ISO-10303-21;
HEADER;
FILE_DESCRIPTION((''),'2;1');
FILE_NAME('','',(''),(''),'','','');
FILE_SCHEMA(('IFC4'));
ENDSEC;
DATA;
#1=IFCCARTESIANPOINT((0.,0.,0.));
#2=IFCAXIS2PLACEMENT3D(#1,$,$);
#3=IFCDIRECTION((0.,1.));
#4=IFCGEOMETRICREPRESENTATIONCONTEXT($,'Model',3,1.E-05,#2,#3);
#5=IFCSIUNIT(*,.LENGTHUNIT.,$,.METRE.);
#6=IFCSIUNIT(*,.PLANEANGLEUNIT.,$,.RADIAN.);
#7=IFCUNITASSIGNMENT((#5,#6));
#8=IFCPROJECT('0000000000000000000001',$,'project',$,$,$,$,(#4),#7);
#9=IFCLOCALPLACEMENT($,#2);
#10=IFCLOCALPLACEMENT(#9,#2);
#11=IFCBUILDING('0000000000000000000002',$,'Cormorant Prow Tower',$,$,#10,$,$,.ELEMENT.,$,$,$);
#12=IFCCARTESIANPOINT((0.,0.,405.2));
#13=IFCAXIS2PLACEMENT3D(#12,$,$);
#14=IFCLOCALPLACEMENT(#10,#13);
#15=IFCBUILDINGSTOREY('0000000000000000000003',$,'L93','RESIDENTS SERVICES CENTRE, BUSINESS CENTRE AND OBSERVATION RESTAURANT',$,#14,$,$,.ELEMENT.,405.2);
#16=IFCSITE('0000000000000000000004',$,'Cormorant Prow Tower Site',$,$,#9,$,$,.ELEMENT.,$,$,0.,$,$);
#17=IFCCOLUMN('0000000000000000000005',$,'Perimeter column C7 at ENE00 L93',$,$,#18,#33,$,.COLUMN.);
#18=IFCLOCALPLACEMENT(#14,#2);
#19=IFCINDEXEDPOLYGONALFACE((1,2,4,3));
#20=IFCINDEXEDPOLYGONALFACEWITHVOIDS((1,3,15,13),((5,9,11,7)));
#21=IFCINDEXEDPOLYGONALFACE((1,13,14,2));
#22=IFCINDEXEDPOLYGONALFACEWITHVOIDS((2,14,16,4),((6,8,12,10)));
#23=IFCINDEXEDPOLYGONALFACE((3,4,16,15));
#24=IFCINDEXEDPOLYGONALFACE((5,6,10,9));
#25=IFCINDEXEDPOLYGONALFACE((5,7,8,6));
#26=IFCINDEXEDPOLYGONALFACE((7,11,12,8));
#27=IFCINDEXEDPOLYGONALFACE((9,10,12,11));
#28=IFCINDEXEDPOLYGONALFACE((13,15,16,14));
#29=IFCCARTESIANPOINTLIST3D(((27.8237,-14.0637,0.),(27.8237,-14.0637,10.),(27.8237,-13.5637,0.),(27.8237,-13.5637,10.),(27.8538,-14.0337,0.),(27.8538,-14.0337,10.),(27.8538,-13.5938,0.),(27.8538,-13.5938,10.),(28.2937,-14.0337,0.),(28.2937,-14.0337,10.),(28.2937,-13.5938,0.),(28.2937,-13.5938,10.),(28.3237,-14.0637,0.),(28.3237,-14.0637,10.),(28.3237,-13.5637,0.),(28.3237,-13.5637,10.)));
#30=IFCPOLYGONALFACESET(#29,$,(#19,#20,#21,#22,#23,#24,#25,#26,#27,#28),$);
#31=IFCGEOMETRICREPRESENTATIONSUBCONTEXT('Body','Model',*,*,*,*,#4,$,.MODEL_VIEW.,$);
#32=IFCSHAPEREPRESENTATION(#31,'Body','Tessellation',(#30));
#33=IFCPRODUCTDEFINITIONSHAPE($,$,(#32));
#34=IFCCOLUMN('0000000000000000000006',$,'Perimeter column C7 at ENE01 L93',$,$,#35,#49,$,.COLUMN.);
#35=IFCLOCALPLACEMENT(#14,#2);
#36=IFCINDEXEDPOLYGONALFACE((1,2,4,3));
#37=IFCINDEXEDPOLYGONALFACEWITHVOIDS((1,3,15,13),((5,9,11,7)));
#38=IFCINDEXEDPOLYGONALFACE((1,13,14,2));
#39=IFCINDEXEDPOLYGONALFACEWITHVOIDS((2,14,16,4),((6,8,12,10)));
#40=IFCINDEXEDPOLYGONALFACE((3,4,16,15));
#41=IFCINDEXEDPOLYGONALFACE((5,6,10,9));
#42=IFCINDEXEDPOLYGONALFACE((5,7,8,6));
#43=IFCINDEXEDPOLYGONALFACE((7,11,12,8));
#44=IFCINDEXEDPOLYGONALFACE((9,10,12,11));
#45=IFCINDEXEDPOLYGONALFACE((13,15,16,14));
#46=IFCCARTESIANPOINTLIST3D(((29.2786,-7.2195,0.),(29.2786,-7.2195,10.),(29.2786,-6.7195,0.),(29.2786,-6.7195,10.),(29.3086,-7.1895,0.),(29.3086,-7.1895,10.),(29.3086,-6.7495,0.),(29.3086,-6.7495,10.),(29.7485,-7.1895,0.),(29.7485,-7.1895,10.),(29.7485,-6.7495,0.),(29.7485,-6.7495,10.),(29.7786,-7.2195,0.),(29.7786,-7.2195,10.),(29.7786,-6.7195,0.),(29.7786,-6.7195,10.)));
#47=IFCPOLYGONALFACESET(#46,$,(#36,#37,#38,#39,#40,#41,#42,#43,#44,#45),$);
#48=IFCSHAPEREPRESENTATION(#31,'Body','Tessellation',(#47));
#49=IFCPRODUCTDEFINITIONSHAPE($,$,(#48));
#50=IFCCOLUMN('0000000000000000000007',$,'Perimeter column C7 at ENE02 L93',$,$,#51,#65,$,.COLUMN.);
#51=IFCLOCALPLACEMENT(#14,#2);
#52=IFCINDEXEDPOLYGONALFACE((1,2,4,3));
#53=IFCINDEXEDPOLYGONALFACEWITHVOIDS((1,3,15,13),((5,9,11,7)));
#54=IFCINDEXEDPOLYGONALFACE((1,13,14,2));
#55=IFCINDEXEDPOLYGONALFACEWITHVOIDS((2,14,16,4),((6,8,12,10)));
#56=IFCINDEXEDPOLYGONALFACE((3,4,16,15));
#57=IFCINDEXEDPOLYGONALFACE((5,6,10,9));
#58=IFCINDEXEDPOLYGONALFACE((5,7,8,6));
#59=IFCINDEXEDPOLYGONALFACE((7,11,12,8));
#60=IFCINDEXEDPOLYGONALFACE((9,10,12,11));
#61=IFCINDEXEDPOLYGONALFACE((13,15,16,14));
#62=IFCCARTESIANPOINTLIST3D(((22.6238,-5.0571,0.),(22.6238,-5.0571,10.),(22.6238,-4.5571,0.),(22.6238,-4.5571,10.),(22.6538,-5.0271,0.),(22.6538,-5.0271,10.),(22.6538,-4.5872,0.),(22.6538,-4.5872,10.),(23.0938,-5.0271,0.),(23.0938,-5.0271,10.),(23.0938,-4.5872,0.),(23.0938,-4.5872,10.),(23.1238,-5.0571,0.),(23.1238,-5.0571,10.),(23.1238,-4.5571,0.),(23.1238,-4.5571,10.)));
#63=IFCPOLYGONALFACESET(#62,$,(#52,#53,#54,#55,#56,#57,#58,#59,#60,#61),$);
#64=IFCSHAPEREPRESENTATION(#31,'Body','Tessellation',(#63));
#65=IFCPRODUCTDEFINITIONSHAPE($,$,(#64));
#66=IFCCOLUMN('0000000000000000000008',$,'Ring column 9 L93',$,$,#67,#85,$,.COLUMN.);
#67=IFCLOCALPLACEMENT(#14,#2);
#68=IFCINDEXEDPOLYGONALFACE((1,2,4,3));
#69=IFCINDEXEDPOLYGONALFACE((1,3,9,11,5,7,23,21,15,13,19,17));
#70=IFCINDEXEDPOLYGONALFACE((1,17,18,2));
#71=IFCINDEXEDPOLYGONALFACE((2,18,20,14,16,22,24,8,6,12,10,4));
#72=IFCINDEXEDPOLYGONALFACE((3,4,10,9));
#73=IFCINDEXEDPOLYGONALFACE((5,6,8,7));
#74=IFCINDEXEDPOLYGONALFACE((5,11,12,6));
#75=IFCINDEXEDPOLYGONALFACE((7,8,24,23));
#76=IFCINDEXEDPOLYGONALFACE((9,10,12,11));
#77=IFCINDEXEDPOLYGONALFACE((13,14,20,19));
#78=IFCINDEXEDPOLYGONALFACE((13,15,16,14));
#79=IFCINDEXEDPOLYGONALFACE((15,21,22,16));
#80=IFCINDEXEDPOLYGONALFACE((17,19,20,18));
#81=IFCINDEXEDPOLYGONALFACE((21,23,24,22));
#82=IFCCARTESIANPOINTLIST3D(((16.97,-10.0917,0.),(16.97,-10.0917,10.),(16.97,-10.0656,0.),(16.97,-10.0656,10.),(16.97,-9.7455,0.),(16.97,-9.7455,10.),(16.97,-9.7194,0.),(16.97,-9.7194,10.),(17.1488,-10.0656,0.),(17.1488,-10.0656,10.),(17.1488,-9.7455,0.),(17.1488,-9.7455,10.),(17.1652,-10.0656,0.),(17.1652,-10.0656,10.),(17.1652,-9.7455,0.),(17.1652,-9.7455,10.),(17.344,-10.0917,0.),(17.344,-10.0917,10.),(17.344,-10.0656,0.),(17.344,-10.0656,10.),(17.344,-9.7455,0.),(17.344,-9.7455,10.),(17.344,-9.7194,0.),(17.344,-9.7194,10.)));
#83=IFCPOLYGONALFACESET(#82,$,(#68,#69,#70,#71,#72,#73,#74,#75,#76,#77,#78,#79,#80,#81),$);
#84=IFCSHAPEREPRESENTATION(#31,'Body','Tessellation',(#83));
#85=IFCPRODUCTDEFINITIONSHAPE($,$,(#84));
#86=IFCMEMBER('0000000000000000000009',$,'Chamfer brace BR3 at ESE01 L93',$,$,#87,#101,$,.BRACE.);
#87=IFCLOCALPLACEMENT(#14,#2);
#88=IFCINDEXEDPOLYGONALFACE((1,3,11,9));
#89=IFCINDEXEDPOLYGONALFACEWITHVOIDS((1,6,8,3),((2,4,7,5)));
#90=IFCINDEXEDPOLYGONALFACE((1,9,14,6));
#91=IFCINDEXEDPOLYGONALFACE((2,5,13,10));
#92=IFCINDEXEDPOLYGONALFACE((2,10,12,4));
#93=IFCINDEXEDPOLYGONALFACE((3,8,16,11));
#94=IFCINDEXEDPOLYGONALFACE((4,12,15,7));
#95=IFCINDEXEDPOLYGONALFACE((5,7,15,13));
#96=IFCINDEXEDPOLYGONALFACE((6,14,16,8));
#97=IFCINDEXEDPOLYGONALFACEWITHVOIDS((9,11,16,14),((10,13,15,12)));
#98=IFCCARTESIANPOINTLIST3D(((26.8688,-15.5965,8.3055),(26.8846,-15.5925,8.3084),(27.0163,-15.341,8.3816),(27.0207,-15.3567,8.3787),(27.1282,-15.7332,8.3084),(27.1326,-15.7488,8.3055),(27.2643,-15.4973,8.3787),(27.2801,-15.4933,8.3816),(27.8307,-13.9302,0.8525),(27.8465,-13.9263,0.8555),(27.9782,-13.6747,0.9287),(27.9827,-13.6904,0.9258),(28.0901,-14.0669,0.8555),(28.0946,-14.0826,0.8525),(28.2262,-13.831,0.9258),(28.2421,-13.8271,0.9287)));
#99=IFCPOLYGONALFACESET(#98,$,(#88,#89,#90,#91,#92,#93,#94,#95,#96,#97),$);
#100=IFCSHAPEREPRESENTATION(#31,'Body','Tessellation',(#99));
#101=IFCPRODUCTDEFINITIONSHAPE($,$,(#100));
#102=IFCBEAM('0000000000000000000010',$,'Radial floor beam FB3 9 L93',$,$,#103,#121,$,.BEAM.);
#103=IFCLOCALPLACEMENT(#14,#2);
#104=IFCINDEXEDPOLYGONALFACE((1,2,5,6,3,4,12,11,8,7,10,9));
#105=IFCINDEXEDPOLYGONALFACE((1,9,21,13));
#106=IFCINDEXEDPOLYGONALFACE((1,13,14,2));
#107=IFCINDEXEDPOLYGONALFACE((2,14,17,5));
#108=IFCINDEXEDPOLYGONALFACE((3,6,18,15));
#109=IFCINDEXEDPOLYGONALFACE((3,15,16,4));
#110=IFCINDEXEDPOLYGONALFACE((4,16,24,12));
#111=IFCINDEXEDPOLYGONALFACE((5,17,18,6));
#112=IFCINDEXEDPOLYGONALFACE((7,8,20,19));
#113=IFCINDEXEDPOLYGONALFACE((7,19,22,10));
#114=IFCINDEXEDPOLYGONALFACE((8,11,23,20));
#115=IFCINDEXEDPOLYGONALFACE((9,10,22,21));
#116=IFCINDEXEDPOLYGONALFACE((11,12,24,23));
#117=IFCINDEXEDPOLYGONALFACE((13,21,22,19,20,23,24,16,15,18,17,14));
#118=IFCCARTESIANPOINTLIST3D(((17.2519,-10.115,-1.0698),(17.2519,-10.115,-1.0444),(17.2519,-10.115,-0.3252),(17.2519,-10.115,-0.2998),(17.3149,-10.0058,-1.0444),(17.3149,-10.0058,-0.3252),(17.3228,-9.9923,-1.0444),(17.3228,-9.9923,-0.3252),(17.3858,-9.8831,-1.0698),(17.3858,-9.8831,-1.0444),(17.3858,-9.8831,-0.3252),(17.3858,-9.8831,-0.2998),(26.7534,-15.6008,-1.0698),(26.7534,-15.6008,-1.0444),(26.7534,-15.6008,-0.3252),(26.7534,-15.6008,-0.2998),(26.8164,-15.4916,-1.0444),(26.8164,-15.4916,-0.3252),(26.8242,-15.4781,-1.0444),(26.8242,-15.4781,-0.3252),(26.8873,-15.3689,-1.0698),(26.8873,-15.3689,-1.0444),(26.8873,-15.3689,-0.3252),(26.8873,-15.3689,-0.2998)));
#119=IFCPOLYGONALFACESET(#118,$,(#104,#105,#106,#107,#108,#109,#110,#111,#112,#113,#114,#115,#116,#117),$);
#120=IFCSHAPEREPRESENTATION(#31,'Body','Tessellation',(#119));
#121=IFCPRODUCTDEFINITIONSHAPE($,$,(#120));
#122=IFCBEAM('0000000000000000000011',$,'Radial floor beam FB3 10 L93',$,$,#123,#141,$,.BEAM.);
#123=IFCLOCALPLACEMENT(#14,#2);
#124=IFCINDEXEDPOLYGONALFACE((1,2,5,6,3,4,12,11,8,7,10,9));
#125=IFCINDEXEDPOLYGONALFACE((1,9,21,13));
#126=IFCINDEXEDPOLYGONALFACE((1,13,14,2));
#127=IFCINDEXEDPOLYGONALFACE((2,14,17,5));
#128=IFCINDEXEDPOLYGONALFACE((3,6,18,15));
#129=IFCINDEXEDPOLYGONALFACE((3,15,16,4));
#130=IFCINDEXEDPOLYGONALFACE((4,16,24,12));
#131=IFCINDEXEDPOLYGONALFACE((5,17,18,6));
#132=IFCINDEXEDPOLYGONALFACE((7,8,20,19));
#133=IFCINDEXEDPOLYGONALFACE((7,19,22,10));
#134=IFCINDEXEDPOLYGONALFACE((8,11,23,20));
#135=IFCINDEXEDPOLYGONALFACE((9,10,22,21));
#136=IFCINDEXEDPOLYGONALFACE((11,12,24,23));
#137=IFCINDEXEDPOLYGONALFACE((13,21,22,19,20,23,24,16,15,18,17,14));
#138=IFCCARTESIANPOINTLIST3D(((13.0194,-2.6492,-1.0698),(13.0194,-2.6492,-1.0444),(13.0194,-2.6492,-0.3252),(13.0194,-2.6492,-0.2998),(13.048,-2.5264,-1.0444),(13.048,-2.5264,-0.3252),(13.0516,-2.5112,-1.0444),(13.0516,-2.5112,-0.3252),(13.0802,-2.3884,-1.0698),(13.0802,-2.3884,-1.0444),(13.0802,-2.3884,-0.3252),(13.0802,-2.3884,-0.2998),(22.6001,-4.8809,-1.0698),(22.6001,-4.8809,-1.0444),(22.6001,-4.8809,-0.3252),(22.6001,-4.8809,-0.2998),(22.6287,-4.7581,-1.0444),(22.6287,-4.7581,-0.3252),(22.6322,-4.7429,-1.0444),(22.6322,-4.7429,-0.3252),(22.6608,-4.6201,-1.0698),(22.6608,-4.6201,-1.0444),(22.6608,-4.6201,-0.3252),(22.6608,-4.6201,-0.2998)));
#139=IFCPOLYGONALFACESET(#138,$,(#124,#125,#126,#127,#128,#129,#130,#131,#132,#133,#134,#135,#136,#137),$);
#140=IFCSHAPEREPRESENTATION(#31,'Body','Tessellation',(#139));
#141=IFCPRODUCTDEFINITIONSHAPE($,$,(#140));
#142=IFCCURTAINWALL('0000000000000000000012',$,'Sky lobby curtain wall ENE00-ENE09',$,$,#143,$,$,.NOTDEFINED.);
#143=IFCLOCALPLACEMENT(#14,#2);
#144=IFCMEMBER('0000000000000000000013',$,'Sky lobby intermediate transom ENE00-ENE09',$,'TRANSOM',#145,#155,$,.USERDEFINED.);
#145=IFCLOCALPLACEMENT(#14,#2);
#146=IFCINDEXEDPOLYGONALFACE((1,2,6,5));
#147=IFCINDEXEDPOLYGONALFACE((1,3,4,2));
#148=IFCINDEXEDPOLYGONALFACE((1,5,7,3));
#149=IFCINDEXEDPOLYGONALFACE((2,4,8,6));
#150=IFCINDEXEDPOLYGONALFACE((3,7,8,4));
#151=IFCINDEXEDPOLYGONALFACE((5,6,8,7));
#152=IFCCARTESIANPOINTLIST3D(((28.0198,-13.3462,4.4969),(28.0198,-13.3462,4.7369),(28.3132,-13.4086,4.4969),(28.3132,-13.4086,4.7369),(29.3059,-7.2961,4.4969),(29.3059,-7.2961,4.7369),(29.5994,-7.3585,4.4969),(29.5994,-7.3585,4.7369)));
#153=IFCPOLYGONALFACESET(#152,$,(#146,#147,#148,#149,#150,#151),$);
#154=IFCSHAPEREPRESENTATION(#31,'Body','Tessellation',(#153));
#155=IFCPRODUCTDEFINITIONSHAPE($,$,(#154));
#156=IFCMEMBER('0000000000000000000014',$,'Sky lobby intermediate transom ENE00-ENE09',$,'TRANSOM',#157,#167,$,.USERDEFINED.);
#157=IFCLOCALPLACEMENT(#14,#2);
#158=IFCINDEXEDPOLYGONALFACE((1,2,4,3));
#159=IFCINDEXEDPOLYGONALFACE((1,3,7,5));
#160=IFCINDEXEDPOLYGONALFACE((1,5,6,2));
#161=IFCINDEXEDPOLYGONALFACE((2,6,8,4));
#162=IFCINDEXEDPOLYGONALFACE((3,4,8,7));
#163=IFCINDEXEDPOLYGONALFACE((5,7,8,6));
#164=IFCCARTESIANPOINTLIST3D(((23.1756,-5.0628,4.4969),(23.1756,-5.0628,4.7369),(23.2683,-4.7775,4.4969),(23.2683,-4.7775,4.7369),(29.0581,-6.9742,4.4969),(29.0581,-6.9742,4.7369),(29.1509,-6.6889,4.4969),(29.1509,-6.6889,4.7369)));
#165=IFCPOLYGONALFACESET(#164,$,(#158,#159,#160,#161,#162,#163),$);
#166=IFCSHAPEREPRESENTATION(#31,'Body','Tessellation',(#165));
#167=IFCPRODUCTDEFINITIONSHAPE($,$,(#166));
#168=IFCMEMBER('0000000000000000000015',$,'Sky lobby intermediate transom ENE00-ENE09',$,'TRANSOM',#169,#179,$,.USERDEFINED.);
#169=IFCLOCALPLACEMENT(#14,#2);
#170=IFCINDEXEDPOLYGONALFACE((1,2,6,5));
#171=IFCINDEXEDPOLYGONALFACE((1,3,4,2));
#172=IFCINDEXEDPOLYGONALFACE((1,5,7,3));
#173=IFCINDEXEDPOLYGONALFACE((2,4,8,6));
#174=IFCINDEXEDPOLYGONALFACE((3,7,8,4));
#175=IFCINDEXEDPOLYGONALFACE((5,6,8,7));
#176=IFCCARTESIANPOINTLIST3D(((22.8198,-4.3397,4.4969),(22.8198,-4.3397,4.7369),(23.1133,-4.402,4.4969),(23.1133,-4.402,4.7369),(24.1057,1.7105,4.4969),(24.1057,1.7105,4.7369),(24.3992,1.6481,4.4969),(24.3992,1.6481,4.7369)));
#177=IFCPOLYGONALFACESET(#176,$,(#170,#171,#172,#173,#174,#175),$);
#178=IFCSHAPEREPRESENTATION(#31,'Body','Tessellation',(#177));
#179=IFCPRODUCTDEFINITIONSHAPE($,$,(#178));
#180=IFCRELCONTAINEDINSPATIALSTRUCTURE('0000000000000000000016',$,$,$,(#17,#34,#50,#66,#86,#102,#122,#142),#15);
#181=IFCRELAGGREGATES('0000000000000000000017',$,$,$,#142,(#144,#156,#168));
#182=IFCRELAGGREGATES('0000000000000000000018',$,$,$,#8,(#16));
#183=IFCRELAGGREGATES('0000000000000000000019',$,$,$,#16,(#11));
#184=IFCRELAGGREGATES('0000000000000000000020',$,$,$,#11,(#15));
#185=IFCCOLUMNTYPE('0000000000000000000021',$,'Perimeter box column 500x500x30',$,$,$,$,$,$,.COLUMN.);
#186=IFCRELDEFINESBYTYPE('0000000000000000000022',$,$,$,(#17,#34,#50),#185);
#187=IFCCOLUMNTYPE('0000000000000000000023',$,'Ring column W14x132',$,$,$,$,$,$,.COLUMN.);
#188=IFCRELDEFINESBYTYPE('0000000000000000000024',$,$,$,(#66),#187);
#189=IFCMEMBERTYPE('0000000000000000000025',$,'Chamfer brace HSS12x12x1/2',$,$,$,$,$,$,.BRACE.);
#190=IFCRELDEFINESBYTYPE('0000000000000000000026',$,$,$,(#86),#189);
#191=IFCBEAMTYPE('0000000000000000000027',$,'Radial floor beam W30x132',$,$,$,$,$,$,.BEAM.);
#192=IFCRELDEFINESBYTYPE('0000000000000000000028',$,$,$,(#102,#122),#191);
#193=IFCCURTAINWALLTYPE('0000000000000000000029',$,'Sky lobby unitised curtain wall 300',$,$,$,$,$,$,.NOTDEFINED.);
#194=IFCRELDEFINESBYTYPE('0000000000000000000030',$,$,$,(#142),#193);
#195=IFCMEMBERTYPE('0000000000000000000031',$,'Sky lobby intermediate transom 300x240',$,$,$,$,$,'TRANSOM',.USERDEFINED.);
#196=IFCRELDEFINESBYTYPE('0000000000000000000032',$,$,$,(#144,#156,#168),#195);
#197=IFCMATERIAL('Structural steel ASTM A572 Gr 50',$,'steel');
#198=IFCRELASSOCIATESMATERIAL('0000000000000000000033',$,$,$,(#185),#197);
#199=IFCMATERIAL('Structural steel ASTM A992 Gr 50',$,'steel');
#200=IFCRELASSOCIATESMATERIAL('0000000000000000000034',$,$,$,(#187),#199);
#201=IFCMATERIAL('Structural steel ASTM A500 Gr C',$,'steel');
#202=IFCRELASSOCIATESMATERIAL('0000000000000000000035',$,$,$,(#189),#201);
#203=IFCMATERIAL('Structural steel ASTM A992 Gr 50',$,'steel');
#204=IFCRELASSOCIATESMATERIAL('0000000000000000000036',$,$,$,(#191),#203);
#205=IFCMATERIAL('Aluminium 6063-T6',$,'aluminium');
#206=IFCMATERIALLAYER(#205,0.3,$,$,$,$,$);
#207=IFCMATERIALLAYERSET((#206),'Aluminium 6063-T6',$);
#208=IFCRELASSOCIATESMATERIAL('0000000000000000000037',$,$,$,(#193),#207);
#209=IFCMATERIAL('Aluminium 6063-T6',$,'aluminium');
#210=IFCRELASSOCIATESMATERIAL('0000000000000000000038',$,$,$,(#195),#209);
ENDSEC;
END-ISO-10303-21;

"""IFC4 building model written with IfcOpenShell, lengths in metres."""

from ifc_helpers import new_model, si_unit, direction, frame, origin, origin_2d, place, context, subcontext, project, spatial, rectangle, hollow_rectangle, i_section, extrude, material, layer, layer_set, material_profile, profile_set, type_object, element, aggregate, save


model = new_model("IFC4")

# Units and contexts
model_context = context("Model", 3, precision=1e-05, world=origin(), true_north=direction((0.0, 1.0)))
body_context = subcontext(model_context, "Body", "Model", "MODEL_VIEW")
ifc_project = project(units=[si_unit("LENGTHUNIT", "METRE"), si_unit("PLANEANGLEUNIT", "RADIAN")], contexts=[model_context])

# Site, building, storey
site_placement = place(None, origin())
site = spatial("IfcSite", under=ifc_project, at=site_placement, Name="Cormorant Prow Tower Site", CompositionType="ELEMENT", RefElevation=0.0)
building_placement = place(site_placement, origin())
building = spatial("IfcBuilding", under=site, at=building_placement, Name="Cormorant Prow Tower", CompositionType="ELEMENT")
storey_placement = place(building_placement, frame((0.0, 0.0, 405.2)))
storey = spatial("IfcBuildingStorey", under=building, at=storey_placement, Name="L93", Description="RESIDENTS SERVICES CENTRE, BUSINESS CENTRE AND OBSERVATION RESTAURANT", CompositionType="ELEMENT", Elevation=405.2)

# Columns
ifc_material_1 = material(Name="Structural steel ASTM A572 Gr 50", Category="steel")
ifc_material_profile_1 = material_profile(ifc_material_1, hollow_rectangle(XDim=0.5, YDim=0.5, WallThickness=0.03, at=origin_2d()), Name="Box 500x500x30")
ifc_profile_set_1 = profile_set([ifc_material_profile_1], Name="Structural steel ASTM A572 Gr 50")
column_type_1 = type_object("IfcColumnType", Name="Perimeter box column 500x500x30", PredefinedType="COLUMN", material=ifc_profile_set_1)
for number, where, z_axis, x_axis, name in (
    (1, (28.0737, -13.8137, 0.0), (0.0, 0.0, 1.0), (1.0, 0.0, 0.0), "Perimeter column C7 at ENE00 L93"),
    (2, (29.5286, -6.9695, 0.0), (0.0, 0.0, 1.0), (1.0, 0.0, 0.0), "Perimeter column C7 at ENE01 L93"),
    (3, (22.8738, -4.8071, 0.0), (0.0, 0.0, 1.0), (1.0, 0.0, 0.0), "Perimeter column C7 at ENE02 L93"),
):
    element("IfcColumn", number, at=place(storey_placement, frame(where, z_axis=z_axis, x_axis=x_axis)), inside=storey, type_object=column_type_1, Name=name, PredefinedType="COLUMN", context=body_context, shape_type="SweptSolid", body=[
        extrude(hollow_rectangle(XDim=0.5, YDim=0.5, WallThickness=0.03, at=origin_2d()), origin(), (0.0, 0.0, 1.0), 10.0),
    ])
ifc_material_2 = material(Name="Structural steel ASTM A992 Gr 50", Category="steel")
ifc_material_profile_2 = material_profile(ifc_material_2, i_section(OverallWidth=0.374, OverallDepth=0.3723, WebThickness=0.0164, FlangeThickness=0.0261, at=origin_2d()), Name="W14x132")
ifc_profile_set_2 = profile_set([ifc_material_profile_2], Name="Structural steel ASTM A992 Gr 50")
column_type_2 = type_object("IfcColumnType", Name="Ring column W14x132", PredefinedType="COLUMN", material=ifc_profile_set_2)
column_placement = place(storey_placement, frame((17.157, -9.9055, 0.0), z_axis=(0.0, 0.0, 1.0), x_axis=(1.0, 0.0, 0.0)))
element("IfcColumn", 4, at=column_placement, inside=storey, type_object=column_type_2, Name="Ring column 9 L93", PredefinedType="COLUMN", context=body_context, shape_type="SweptSolid", body=[
    extrude(i_section(OverallWidth=0.374, OverallDepth=0.3723, WebThickness=0.0164, FlangeThickness=0.0261, at=origin_2d()), origin(), (0.0, 0.0, 1.0), 10.0),
])

# Member
ifc_material_3 = material(Name="Structural steel ASTM A500 Gr C", Category="steel")
ifc_material_profile_3 = material_profile(ifc_material_3, hollow_rectangle(XDim=0.3047, YDim=0.3047, WallThickness=0.0117, at=origin_2d()), Name="HSS12x12x1/2")
ifc_profile_set_3 = profile_set([ifc_material_profile_3], Name="Structural steel ASTM A500 Gr C")
member_type_1 = type_object("IfcMemberType", Name="Chamfer brace HSS12x12x1/2", PredefinedType="BRACE", material=ifc_profile_set_3)
member_1_placement = place(storey_placement, frame((28.0364, -13.8787, 0.8906), z_axis=(-0.124969, -0.216476, 0.968257), x_axis=(0.866048, -0.49996, 0.0)))
element("IfcMember", 5, at=member_1_placement, inside=storey, type_object=member_type_1, Name="Chamfer brace BR3 at ESE01 L93", PredefinedType="BRACE", context=body_context, shape_type="SweptSolid", body=[
    extrude(hollow_rectangle(XDim=0.3047, YDim=0.3047, WallThickness=0.0117, at=origin_2d()), origin(), (0.0, 0.0, 1.0), 7.6973),
])

# Beams
ifc_material_4 = material(Name="Structural steel ASTM A992 Gr 50", Category="steel")
ifc_material_profile_4 = material_profile(ifc_material_4, i_section(OverallWidth=0.2678, OverallDepth=0.77, WebThickness=0.0156, FlangeThickness=0.0254, at=origin_2d()), Name="W30x132")
ifc_profile_set_4 = profile_set([ifc_material_profile_4], Name="Structural steel ASTM A992 Gr 50")
beam_type_1 = type_object("IfcBeamType", Name="Radial floor beam W30x132", PredefinedType="BEAM", material=ifc_profile_set_4)
beam_1_placement = place(storey_placement, frame((17.3188, -9.999, -0.6848), z_axis=(0.866019, -0.500011, 0.0), x_axis=(0.500011, 0.866019, 0.0)))
element("IfcBeam", 6, at=beam_1_placement, inside=storey, type_object=beam_type_1, Name="Radial floor beam FB3 9 L93", PredefinedType="BEAM", context=body_context, shape_type="SweptSolid", body=[
    extrude(i_section(OverallWidth=0.2678, OverallDepth=0.77, WebThickness=0.0156, FlangeThickness=0.0254, at=origin_2d()), origin(), (0.0, 0.0, 1.0), 10.9714),
])
beam_2_placement = place(storey_placement, frame((13.0498, -2.5188, -0.6848), z_axis=(0.973926, -0.226866, 0.0), x_axis=(0.226866, 0.973926, 0.0)))
element("IfcBeam", 7, at=beam_2_placement, inside=storey, type_object=beam_type_1, Name="Radial floor beam FB3 10 L93", PredefinedType="BEAM", context=body_context, shape_type="SweptSolid", body=[
    extrude(i_section(OverallWidth=0.2678, OverallDepth=0.77, WebThickness=0.0156, FlangeThickness=0.0254, at=origin_2d()), origin(), (0.0, 0.0, 1.0), 9.8372),
])

# Curtain wall, members
ifc_material_5 = material(Name="Aluminium 6063-T6", Category="aluminium")
ifc_layer_1 = layer(ifc_material_5, 0.3)
ifc_layer_set_1 = layer_set([ifc_layer_1], Name="Aluminium 6063-T6")
curtain_wall_type = type_object("IfcCurtainWallType", Name="Sky lobby unitised curtain wall 300", PredefinedType="NOTDEFINED", material=ifc_layer_set_1)
curtain_wall_placement = place(storey_placement, origin())
curtain_wall = element("IfcCurtainWall", 8, at=curtain_wall_placement, inside=storey, type_object=curtain_wall_type, Name="Sky lobby curtain wall ENE00-ENE09", PredefinedType="NOTDEFINED")
ifc_material_6 = material(Name="Aluminium 6063-T6", Category="aluminium")
ifc_material_profile_5 = material_profile(ifc_material_6, rectangle(XDim=0.3, YDim=0.24, at=origin_2d()), Name="Sky lobby intermediate transom 300x240")
ifc_profile_set_5 = profile_set([ifc_material_profile_5], Name="Aluminium 6063-T6")
member_type_2 = type_object("IfcMemberType", Name="Sky lobby intermediate transom 300x240", ElementType="TRANSOM", PredefinedType="USERDEFINED", material=ifc_profile_set_5)
member_2_placement = place(storey_placement, frame((28.1665, -13.3774, 4.6169), z_axis=(0.207936, 0.978142, 0.0), x_axis=(-0.978142, 0.207936, 0.0)))
member_2 = element("IfcMember", 9, at=member_2_placement, type_object=member_type_2, Name="Sky lobby intermediate transom ENE00-ENE09", ObjectType="TRANSOM", PredefinedType="USERDEFINED", context=body_context, shape_type="SweptSolid", body=[
    extrude(rectangle(XDim=0.3, YDim=0.24, at=origin_2d()), origin(), (0.0, 0.0, 1.0), 6.1853),
])
member_3_placement = place(storey_placement, frame((29.1045, -6.8315, 4.6169), z_axis=(-0.951056, 0.309019, 0.0), x_axis=(-0.309019, -0.951056, 0.0)))
member_3 = element("IfcMember", 10, at=member_3_placement, type_object=member_type_2, Name="Sky lobby intermediate transom ENE00-ENE09", ObjectType="TRANSOM", PredefinedType="USERDEFINED", context=body_context, shape_type="SweptSolid", body=[
    extrude(rectangle(XDim=0.3, YDim=0.24, at=origin_2d()), origin(), (0.0, 0.0, 1.0), 6.1853),
])
member_4_placement = place(storey_placement, frame((22.9666, -4.3708, 4.6169), z_axis=(0.207898, 0.978151, 0.0), x_axis=(-0.978151, 0.207898, 0.0)))
member_4 = element("IfcMember", 11, at=member_4_placement, type_object=member_type_2, Name="Sky lobby intermediate transom ENE00-ENE09", ObjectType="TRANSOM", PredefinedType="USERDEFINED", context=body_context, shape_type="SweptSolid", body=[
    extrude(rectangle(XDim=0.3, YDim=0.24, at=origin_2d()), origin(), (0.0, 0.0, 1.0), 6.1853),
])

aggregate(curtain_wall, [member_2, member_3, member_4])

save(model, "model.ifc")
